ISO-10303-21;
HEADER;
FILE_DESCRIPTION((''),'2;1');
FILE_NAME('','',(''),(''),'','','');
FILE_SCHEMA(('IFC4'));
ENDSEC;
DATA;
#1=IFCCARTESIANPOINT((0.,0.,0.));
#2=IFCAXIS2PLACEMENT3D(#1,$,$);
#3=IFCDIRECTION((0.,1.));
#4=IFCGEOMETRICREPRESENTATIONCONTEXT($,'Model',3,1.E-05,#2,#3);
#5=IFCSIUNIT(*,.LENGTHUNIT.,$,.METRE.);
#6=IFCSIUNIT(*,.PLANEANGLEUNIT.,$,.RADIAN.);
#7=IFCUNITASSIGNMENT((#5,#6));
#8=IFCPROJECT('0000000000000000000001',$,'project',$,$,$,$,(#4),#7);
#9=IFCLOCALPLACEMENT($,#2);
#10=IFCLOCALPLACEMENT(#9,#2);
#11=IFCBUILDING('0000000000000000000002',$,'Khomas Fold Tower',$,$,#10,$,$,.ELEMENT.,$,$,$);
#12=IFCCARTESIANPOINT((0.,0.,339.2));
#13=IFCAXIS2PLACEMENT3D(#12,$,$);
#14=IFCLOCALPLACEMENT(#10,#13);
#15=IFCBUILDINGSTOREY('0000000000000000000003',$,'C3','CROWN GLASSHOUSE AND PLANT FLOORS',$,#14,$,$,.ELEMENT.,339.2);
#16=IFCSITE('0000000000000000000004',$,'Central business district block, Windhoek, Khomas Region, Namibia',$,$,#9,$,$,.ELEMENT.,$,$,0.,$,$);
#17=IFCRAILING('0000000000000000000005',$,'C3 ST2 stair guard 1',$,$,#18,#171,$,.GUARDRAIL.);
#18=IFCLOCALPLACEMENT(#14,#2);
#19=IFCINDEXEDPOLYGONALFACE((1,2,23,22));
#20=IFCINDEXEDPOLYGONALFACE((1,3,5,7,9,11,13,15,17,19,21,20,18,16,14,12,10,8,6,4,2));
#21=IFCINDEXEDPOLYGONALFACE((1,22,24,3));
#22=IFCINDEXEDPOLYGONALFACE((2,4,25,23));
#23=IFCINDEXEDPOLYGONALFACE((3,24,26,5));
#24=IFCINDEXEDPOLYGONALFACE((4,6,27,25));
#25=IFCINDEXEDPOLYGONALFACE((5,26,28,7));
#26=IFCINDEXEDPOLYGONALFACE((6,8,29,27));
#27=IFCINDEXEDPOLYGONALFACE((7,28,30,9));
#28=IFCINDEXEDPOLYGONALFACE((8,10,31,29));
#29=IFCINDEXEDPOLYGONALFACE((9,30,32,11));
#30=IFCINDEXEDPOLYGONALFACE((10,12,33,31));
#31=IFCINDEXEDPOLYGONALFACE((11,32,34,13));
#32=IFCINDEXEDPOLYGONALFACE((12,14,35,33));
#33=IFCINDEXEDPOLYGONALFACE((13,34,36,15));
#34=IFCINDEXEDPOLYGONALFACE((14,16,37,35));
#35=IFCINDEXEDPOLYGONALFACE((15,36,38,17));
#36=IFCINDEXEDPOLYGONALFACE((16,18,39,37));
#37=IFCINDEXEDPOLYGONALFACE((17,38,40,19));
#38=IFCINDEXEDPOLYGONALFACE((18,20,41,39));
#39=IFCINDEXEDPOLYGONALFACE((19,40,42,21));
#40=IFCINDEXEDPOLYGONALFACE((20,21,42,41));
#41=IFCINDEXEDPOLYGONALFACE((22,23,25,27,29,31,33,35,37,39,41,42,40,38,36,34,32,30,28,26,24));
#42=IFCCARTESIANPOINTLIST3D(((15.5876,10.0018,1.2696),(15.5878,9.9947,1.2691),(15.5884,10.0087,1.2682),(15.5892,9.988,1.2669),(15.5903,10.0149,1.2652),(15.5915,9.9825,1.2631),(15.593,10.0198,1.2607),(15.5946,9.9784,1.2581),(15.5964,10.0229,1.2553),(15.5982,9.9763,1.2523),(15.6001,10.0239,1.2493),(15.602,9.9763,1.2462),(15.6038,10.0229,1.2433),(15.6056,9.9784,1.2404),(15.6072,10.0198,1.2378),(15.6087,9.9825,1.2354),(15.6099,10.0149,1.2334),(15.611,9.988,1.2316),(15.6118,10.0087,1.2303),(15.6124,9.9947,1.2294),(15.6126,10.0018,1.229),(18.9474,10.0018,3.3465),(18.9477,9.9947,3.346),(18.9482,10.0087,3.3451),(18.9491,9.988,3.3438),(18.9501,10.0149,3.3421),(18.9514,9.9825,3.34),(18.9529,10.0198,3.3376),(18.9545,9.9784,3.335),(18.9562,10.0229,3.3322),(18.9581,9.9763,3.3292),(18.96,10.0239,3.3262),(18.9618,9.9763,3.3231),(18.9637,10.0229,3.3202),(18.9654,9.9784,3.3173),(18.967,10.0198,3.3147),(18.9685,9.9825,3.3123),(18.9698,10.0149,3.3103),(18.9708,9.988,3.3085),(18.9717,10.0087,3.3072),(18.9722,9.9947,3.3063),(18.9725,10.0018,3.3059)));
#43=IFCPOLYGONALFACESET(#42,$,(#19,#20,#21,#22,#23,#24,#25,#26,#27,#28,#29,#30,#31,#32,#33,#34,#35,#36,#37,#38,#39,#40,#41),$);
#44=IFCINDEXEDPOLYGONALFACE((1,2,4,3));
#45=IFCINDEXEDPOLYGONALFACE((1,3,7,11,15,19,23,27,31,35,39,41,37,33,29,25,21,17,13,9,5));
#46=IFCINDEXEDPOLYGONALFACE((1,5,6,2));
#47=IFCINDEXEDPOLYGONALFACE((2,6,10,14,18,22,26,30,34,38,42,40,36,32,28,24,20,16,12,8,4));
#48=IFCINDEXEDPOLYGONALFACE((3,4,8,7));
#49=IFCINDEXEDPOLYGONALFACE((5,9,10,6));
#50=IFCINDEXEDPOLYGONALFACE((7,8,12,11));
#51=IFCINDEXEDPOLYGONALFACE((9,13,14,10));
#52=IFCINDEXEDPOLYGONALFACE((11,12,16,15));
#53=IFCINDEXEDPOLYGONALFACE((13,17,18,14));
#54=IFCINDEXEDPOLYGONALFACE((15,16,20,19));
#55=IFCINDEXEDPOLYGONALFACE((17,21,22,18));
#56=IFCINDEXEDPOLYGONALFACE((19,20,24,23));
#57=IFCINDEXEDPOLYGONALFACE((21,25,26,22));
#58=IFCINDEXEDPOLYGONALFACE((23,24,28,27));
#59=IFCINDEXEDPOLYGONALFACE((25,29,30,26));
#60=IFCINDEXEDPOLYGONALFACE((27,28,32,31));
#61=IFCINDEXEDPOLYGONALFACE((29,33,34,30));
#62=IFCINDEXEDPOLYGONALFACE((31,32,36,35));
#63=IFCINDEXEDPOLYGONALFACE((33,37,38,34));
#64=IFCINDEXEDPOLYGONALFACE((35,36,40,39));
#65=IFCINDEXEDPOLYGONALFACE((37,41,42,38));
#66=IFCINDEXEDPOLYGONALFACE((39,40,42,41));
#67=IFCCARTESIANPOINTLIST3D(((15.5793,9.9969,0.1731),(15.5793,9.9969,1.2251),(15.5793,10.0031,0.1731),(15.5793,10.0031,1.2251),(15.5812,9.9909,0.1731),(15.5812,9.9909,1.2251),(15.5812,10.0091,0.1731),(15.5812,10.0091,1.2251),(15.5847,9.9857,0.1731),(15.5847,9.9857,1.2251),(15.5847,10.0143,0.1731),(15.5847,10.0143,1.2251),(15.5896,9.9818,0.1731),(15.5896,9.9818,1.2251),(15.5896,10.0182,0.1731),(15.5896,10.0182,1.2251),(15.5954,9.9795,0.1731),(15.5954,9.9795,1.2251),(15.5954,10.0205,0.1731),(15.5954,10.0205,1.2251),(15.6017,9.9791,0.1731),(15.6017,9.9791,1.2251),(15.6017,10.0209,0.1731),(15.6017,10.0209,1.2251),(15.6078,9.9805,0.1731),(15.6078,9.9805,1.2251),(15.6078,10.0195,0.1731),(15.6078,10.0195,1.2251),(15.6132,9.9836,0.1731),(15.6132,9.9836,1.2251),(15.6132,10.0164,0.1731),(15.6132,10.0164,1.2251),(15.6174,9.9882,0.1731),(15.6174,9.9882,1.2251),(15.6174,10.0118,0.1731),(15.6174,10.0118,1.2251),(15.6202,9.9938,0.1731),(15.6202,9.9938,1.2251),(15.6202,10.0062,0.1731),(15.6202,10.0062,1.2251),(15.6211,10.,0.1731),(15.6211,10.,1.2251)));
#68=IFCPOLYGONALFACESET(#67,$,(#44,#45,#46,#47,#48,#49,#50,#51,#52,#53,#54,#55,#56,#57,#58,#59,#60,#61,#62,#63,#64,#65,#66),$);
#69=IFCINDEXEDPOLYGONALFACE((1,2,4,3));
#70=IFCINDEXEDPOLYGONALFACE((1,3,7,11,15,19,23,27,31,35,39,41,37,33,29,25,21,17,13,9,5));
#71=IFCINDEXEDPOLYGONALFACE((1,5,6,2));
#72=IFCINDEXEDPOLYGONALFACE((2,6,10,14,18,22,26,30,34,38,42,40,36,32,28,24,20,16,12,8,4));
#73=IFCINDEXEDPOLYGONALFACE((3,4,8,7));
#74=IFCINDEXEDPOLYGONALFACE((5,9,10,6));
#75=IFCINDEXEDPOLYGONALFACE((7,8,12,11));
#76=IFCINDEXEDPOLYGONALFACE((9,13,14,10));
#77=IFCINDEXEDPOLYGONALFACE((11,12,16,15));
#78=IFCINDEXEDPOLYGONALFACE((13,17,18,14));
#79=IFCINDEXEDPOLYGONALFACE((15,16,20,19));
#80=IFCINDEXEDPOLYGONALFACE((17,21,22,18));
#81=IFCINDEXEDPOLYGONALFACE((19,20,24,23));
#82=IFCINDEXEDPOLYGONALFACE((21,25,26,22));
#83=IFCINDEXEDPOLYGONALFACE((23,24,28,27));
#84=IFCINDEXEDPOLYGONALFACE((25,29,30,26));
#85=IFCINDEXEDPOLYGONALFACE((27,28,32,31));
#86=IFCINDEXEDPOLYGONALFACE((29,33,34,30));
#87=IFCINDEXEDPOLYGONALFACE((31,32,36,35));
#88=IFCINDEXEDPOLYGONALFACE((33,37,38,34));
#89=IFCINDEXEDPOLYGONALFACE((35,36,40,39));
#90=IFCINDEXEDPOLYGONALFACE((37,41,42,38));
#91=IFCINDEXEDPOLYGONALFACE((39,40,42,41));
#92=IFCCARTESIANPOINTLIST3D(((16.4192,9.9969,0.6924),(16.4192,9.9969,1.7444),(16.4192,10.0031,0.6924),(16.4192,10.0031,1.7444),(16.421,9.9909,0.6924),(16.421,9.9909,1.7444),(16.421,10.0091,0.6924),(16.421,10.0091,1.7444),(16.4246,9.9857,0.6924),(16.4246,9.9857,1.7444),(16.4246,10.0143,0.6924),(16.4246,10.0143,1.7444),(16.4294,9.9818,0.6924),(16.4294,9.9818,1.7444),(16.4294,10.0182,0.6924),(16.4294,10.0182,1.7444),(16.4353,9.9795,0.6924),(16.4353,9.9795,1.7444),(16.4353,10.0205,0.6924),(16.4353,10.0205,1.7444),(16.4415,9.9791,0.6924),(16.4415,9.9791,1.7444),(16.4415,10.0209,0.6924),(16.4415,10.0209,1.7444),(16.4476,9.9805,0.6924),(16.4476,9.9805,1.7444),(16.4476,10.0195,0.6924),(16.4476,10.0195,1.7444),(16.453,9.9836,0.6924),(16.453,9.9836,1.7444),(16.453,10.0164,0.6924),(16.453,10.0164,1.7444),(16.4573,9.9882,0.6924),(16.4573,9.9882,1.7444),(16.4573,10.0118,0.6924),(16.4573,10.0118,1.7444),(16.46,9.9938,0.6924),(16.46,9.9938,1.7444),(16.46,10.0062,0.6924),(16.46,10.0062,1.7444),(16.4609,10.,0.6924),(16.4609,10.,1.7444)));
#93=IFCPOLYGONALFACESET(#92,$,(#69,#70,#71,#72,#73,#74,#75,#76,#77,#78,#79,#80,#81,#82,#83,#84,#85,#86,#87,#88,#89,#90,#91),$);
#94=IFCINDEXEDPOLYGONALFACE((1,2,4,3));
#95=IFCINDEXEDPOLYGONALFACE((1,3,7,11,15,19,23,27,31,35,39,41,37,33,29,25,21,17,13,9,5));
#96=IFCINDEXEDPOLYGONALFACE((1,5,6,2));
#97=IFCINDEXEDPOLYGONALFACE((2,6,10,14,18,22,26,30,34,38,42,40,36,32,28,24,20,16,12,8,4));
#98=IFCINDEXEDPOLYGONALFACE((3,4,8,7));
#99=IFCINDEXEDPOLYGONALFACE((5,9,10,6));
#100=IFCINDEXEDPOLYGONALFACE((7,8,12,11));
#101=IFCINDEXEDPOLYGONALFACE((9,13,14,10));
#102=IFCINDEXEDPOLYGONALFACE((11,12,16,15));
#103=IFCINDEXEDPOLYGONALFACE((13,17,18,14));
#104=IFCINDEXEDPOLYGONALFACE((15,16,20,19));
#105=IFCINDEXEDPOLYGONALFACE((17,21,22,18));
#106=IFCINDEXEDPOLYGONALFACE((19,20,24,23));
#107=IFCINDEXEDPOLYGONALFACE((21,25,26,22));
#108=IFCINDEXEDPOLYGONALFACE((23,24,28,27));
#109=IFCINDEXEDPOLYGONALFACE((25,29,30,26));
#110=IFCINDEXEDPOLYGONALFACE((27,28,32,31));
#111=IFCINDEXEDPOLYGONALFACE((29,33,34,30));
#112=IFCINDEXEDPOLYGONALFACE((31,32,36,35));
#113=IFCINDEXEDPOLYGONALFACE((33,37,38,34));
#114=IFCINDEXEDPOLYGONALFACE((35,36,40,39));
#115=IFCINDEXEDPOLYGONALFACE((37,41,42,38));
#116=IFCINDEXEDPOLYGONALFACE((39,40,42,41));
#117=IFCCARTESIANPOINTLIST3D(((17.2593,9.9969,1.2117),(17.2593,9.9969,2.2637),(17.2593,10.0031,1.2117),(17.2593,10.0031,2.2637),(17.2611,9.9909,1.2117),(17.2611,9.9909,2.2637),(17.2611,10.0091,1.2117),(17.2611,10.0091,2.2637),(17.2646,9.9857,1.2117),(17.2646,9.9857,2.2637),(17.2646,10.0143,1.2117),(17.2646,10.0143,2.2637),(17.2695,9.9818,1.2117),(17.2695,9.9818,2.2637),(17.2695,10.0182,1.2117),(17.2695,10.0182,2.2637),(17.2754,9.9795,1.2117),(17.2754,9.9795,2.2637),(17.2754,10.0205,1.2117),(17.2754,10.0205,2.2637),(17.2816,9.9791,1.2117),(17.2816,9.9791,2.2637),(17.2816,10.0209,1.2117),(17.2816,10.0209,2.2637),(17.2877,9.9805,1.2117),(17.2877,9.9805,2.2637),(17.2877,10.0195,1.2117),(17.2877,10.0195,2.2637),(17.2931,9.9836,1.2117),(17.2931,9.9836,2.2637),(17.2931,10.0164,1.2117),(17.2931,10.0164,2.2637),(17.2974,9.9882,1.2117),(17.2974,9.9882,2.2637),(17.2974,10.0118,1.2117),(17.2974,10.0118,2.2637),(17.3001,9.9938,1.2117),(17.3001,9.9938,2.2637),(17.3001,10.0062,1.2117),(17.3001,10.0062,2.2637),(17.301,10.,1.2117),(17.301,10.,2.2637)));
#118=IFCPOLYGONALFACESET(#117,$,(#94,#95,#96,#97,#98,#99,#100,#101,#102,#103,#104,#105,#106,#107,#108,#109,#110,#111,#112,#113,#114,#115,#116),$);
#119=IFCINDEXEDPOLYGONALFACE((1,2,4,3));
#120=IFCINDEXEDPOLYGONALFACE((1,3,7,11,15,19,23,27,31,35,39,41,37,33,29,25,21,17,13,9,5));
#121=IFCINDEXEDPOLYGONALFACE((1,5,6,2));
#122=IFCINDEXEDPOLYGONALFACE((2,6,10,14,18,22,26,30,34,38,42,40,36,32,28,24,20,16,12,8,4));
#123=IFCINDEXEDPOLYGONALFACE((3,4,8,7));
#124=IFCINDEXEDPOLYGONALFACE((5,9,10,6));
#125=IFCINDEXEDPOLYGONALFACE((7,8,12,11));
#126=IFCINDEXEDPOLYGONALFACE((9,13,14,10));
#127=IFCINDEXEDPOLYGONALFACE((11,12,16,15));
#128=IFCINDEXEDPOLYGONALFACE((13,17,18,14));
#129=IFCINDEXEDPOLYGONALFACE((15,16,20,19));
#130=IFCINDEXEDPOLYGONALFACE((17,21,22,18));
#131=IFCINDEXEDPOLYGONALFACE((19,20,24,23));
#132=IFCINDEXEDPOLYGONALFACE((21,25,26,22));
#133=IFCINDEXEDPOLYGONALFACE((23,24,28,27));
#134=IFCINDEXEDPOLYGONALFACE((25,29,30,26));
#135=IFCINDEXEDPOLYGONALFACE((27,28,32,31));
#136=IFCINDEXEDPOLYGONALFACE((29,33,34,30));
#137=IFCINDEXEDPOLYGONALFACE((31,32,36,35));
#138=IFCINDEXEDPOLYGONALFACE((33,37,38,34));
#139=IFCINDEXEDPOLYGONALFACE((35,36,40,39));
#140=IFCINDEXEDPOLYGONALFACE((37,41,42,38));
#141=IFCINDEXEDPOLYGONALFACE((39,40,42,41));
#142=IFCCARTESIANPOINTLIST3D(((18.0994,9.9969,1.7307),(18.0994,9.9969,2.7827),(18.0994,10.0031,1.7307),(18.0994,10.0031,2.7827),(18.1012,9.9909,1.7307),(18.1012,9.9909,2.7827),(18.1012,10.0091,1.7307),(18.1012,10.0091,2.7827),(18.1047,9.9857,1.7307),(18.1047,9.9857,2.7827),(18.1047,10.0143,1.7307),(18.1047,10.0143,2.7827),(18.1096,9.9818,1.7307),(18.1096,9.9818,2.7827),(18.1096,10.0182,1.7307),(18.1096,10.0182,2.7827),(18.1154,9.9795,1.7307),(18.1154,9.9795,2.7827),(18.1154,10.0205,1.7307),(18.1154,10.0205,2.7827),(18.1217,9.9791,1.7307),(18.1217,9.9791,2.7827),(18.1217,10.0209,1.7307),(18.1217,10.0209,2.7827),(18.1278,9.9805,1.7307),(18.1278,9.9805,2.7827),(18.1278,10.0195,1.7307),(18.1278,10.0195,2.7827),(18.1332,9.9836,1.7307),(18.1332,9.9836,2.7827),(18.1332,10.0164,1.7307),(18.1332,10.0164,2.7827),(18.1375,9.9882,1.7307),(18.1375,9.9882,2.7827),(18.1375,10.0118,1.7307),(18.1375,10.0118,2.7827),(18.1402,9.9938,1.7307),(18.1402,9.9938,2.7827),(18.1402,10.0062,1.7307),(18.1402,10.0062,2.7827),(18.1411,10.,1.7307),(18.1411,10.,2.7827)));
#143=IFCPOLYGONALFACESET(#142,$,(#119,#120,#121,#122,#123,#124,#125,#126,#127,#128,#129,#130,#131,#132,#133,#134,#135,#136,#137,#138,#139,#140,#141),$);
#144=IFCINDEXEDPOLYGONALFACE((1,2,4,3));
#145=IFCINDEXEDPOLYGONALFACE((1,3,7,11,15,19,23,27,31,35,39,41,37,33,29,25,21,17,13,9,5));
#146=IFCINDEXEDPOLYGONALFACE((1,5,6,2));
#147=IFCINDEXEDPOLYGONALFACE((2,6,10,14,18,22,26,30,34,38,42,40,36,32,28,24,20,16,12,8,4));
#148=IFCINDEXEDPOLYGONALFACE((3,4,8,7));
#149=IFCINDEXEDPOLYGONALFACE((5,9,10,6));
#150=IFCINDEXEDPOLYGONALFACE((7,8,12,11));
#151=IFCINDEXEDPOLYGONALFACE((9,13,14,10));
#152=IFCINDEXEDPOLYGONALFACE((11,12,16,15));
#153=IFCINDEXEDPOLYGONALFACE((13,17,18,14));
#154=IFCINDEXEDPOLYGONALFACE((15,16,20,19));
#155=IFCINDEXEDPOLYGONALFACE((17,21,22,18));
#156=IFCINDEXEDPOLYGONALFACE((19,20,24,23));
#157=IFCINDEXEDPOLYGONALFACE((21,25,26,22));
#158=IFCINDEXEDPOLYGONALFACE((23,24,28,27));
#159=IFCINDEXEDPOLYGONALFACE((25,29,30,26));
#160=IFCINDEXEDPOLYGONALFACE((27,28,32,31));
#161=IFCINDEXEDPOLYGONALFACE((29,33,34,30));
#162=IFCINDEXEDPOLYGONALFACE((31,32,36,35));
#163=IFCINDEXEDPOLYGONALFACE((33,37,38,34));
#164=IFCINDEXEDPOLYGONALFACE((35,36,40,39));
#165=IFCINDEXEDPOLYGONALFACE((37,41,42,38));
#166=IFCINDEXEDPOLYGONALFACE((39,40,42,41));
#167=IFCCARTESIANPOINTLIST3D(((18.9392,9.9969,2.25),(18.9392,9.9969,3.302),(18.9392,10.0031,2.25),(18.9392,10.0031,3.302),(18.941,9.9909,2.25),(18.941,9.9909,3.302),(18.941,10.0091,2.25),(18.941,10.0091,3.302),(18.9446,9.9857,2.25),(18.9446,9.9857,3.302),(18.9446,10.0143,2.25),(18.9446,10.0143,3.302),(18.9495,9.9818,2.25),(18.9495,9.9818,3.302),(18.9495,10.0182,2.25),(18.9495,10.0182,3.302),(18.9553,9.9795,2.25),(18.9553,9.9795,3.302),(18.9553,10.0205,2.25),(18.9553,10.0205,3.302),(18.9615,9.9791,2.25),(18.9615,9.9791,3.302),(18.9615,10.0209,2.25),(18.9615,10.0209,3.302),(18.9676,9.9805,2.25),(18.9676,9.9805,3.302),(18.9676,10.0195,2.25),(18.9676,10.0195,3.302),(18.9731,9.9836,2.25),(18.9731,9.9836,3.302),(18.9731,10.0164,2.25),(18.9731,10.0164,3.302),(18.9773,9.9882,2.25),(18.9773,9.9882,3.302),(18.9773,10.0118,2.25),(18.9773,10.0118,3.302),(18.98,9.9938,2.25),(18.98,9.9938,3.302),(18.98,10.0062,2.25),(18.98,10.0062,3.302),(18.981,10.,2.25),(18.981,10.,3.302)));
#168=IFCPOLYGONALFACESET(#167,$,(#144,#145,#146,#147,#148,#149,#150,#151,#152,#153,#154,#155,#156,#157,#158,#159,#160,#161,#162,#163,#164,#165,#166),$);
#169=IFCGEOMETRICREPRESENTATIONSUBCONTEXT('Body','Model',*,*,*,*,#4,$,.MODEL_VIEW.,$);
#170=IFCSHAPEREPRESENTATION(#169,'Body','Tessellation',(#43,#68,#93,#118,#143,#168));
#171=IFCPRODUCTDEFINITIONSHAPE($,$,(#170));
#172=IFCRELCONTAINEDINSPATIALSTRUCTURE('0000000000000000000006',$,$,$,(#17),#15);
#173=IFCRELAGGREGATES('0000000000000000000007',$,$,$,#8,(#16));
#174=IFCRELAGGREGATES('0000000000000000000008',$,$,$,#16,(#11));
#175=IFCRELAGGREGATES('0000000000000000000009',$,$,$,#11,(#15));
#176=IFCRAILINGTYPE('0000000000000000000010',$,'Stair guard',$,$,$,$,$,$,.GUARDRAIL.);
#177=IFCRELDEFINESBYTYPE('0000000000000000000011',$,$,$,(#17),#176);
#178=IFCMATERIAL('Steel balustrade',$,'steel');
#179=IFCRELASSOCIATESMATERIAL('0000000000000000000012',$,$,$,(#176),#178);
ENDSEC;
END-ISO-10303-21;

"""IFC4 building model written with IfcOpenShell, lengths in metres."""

from ifc_helpers import new_model, si_unit, direction, frame, origin, origin_2d, place, context, subcontext, project, spatial, circle, extrude, source, transform, mapped, material, type_object, element, save


model = new_model("IFC4")

# Units and contexts
model_context = context("Model", 3, precision=1e-05, world=origin(), true_north=direction((0.0, 1.0)))
body_context = subcontext(model_context, "Body", "Model", "MODEL_VIEW")
ifc_project = project(units=[si_unit("LENGTHUNIT", "METRE"), si_unit("PLANEANGLEUNIT", "RADIAN")], contexts=[model_context])

# Site, building, storey
site_placement = place(None, origin())
site = spatial("IfcSite", under=ifc_project, at=site_placement, Name="Central business district block, Windhoek, Khomas Region, Namibia", CompositionType="ELEMENT", RefElevation=0.0)
building_placement = place(site_placement, origin())
building = spatial("IfcBuilding", under=site, at=building_placement, Name="Khomas Fold Tower", CompositionType="ELEMENT")
storey_placement = place(building_placement, frame((0.0, 0.0, 339.2)))
storey = spatial("IfcBuildingStorey", under=building, at=storey_placement, Name="C3", Description="CROWN GLASSHOUSE AND PLANT FLOORS", CompositionType="ELEMENT", Elevation=339.2)

# Railing
ifc_material_1 = material(Name="Steel balustrade", Category="steel")
railing_type_1 = type_object("IfcRailingType", Name="Stair guard", PredefinedType="GUARDRAIL", material=ifc_material_1)
shared_shape_1 = source(origin(), body_context, "Body", "SweptSolid", [
    extrude(circle(Radius=0.0239, at=origin_2d()), frame((0.0, 0.0, 1.0762), z_axis=(0.850606, 0.0, 0.525803), x_axis=(0.0, 1.0, 0.0)), (0.0, 0.0, 1.0), 3.95),
    extrude(circle(Radius=0.021, at=origin_2d()), origin(), (0.0, 0.0, 1.0), 1.052),
    extrude(circle(Radius=0.021, at=origin_2d()), frame((0.8398, 0.0, 0.5193)), (0.0, 0.0, 1.0), 1.052),
    extrude(circle(Radius=0.021, at=origin_2d()), frame((1.6799, 0.0, 1.0386)), (0.0, 0.0, 1.0), 1.052),
    extrude(circle(Radius=0.021, at=origin_2d()), frame((2.52, 0.0, 1.5576)), (0.0, 0.0, 1.0), 1.052),
    extrude(circle(Radius=0.021, at=origin_2d()), frame((3.3599, 0.0, 2.0769)), (0.0, 0.0, 1.0), 1.052),
])
railing_1_placement = place(storey_placement, frame((15.6001, 10.0, 0.1731)))
element("IfcRailing", 1, at=railing_1_placement, inside=storey, type_object=railing_type_1, Name="C3 ST2 stair guard 1", PredefinedType="GUARDRAIL", context=body_context, shape_type="MappedRepresentation", body=[
    mapped(shared_shape_1, transform((0.0, 0.0, 0.0))),
])

save(model, "model.ifc")
